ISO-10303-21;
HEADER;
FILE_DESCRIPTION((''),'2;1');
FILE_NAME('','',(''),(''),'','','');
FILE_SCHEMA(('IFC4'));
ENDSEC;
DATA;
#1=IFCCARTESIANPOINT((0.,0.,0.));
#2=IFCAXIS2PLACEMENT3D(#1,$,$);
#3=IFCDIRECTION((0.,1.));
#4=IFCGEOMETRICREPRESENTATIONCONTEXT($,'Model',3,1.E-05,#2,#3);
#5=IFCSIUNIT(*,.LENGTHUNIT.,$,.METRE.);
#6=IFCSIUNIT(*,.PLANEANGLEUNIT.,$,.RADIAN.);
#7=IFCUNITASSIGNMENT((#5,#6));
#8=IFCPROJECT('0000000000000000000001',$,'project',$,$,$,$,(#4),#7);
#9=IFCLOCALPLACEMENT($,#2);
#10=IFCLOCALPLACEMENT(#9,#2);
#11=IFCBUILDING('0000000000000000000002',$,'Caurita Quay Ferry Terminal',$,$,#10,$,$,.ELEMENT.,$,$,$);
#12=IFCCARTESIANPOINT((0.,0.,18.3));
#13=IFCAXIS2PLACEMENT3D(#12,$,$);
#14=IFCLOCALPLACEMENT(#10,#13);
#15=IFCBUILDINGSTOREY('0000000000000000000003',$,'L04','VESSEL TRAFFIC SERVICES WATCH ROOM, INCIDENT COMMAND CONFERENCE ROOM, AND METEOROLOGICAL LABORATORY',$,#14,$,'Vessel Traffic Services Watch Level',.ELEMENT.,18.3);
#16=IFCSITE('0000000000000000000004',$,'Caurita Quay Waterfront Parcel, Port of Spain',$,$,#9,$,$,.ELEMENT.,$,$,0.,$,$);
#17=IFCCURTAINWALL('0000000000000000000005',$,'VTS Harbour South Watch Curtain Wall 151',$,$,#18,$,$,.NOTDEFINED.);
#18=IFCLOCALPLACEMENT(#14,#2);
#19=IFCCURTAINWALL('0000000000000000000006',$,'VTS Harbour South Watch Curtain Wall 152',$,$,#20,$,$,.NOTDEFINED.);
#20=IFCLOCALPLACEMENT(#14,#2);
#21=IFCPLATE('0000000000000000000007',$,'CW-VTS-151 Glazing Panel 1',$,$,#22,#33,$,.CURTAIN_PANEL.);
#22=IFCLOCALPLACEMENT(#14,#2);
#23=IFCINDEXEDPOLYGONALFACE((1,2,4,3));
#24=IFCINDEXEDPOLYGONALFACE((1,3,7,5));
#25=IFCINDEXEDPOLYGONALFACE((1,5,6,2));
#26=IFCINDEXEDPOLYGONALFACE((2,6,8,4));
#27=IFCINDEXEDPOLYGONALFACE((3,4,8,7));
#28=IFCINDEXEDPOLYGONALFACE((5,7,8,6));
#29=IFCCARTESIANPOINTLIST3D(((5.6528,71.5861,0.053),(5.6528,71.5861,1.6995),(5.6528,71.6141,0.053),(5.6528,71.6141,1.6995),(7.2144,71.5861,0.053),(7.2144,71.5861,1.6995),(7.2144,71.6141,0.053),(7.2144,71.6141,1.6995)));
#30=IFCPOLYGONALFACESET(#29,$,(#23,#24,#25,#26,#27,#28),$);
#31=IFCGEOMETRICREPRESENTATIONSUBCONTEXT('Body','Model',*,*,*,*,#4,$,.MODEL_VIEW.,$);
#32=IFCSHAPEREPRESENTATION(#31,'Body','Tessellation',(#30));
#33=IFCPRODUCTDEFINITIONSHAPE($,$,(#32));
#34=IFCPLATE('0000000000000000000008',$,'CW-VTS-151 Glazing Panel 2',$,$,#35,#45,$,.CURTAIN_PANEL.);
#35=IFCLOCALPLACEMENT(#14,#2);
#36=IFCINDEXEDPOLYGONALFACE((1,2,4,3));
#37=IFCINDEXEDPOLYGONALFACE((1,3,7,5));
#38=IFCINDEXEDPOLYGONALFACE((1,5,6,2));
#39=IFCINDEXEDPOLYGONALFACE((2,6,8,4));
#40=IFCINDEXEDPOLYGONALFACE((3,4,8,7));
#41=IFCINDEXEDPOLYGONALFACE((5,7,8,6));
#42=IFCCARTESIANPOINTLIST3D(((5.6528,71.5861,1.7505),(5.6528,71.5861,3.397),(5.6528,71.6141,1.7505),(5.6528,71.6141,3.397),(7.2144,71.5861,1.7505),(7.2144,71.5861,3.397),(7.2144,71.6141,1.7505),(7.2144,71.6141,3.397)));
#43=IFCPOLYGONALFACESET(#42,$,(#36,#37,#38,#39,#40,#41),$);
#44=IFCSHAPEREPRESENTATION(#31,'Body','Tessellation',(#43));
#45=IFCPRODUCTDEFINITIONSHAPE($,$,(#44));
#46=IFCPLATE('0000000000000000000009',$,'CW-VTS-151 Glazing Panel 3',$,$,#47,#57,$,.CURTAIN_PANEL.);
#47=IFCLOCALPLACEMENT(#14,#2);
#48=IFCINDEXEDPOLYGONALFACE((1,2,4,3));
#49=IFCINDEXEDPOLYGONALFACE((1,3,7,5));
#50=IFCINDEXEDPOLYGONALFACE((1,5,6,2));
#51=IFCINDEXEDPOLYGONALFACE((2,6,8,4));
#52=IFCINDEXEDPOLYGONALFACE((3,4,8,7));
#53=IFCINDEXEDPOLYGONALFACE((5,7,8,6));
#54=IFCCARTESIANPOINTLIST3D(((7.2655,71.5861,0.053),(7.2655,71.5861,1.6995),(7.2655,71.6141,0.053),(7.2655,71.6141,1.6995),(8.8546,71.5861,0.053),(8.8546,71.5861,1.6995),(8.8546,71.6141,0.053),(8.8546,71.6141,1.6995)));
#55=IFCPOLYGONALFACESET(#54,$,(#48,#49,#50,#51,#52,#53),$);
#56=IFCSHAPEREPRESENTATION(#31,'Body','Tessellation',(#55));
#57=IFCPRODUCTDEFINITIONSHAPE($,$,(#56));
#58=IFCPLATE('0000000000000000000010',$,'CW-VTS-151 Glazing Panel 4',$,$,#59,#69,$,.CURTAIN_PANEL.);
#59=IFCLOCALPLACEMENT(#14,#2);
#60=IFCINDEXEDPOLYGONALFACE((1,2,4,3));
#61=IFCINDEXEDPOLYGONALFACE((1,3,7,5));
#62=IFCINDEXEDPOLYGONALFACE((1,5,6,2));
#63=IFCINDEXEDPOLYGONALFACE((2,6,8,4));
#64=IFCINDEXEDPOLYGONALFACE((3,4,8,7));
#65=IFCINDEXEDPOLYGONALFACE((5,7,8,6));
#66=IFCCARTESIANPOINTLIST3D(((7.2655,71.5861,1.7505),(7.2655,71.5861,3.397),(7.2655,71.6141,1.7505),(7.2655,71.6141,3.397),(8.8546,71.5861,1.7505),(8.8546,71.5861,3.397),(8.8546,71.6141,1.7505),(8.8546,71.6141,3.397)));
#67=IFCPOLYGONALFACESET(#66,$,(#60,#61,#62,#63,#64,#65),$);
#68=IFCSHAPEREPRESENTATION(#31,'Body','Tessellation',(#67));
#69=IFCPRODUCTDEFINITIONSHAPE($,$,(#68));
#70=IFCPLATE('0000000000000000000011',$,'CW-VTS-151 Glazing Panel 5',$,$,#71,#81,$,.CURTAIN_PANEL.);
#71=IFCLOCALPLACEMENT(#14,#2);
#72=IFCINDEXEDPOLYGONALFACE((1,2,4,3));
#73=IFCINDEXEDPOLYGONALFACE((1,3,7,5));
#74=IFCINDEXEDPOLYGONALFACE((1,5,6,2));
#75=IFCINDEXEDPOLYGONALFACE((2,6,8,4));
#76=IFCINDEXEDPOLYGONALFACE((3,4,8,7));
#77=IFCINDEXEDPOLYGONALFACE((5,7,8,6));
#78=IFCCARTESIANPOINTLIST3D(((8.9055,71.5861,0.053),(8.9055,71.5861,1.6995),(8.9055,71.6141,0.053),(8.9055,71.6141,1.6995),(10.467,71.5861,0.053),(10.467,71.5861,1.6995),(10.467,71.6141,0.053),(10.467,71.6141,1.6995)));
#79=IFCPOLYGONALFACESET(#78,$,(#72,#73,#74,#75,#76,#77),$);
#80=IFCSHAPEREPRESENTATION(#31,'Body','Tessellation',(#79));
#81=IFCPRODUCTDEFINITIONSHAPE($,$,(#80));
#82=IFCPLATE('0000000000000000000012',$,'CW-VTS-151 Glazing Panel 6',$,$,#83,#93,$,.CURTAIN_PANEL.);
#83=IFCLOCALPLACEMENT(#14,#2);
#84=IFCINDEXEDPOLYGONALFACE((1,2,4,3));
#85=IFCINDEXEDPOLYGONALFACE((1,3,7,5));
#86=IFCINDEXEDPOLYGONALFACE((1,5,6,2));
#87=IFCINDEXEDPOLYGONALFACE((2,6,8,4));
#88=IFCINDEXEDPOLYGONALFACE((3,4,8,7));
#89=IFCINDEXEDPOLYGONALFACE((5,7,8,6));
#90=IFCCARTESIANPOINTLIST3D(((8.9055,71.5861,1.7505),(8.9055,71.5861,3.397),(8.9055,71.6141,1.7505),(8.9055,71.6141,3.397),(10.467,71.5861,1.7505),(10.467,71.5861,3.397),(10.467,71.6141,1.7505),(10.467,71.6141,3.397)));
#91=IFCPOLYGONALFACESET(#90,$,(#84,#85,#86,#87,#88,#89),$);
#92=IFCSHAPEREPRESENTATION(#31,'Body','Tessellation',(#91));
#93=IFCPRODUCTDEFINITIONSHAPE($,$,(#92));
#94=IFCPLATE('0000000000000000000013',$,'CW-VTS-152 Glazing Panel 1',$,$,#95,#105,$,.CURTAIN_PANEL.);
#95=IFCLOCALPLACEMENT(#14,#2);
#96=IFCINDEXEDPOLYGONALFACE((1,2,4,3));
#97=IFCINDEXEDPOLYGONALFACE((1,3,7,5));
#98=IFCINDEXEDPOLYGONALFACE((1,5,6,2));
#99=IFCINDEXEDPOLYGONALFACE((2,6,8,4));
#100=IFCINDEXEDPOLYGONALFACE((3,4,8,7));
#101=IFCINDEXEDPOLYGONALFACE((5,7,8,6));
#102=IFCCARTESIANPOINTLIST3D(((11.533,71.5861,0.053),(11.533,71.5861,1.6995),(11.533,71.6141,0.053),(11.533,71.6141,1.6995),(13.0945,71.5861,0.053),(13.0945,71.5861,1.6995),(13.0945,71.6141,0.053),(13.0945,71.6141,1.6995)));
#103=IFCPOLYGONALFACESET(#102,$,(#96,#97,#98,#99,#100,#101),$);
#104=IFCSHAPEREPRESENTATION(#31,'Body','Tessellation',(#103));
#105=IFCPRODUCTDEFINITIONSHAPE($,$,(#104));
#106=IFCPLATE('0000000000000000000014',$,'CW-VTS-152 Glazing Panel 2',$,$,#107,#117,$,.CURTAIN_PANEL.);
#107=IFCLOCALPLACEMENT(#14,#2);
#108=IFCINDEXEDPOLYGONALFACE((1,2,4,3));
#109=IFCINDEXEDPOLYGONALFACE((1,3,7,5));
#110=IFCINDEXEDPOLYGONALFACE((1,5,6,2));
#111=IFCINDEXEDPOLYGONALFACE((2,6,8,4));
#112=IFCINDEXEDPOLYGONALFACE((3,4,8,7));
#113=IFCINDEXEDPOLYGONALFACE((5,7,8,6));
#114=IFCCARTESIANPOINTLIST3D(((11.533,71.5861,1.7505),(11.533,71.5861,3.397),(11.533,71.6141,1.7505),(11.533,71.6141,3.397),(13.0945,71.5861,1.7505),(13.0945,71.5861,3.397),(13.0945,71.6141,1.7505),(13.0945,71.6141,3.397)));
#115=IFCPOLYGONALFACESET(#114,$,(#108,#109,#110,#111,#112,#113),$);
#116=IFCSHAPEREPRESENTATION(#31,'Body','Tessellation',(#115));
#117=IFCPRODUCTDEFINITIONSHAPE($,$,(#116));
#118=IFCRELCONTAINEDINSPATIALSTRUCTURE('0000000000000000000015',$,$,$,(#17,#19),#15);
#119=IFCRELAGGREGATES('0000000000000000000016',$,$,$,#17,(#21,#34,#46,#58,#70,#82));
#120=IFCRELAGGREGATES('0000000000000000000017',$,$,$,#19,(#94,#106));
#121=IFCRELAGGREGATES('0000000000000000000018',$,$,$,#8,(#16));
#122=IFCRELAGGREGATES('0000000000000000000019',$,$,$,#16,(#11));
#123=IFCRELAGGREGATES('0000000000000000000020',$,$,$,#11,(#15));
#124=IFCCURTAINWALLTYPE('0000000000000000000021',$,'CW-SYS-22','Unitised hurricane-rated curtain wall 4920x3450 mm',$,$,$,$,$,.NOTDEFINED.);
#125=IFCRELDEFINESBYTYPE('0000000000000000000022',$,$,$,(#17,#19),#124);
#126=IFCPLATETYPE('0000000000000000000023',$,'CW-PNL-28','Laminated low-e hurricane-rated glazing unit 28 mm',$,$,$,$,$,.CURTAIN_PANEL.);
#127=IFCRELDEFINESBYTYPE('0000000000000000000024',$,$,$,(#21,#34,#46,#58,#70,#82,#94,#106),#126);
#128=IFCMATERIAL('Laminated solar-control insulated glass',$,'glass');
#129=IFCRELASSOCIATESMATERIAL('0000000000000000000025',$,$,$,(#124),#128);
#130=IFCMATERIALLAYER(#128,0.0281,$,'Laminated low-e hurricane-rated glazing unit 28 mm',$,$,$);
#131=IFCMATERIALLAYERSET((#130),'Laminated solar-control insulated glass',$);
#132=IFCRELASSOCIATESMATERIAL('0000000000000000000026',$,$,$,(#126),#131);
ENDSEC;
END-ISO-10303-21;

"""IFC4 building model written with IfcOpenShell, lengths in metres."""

from ifc_helpers import new_model, si_unit, direction, frame, origin, origin_2d, place, context, subcontext, project, spatial, rectangle, extrude, material, layer, layer_set, type_object, element, aggregate, save


model = new_model("IFC4")

# Units and contexts
model_context = context("Model", 3, precision=1e-05, world=origin(), true_north=direction((0.0, 1.0)))
body_context = subcontext(model_context, "Body", "Model", "MODEL_VIEW")
ifc_project = project(units=[si_unit("LENGTHUNIT", "METRE"), si_unit("PLANEANGLEUNIT", "RADIAN")], contexts=[model_context])

# Site, building, storey
site_placement = place(None, origin())
site = spatial("IfcSite", under=ifc_project, at=site_placement, Name="Caurita Quay Waterfront Parcel, Port of Spain", CompositionType="ELEMENT", RefElevation=0.0)
building_placement = place(site_placement, origin())
building = spatial("IfcBuilding", under=site, at=building_placement, Name="Caurita Quay Ferry Terminal", CompositionType="ELEMENT")
storey_placement = place(building_placement, frame((0.0, 0.0, 18.3)))
storey = spatial("IfcBuildingStorey", under=building, at=storey_placement, Name="L04", Description="VESSEL TRAFFIC SERVICES WATCH ROOM, INCIDENT COMMAND CONFERENCE ROOM, AND METEOROLOGICAL LABORATORY", LongName="Vessel Traffic Services Watch Level", CompositionType="ELEMENT", Elevation=18.3)

# Curtain walls
ifc_material_1 = material(Name="Laminated solar-control insulated glass", Category="glass")
curtain_wall_type = type_object("IfcCurtainWallType", Name="CW-SYS-22", Description="Unitised hurricane-rated curtain wall 4920x3450 mm", PredefinedType="NOTDEFINED", material=ifc_material_1)
curtain_wall_1_placement = place(storey_placement, origin())
curtain_wall_1 = element("IfcCurtainWall", 1, at=curtain_wall_1_placement, inside=storey, type_object=curtain_wall_type, Name="VTS Harbour South Watch Curtain Wall 151", PredefinedType="NOTDEFINED")
curtain_wall_2_placement = place(storey_placement, origin())
curtain_wall_2 = element("IfcCurtainWall", 2, at=curtain_wall_2_placement, inside=storey, type_object=curtain_wall_type, Name="VTS Harbour South Watch Curtain Wall 152", PredefinedType="NOTDEFINED")

# Shared definitions
ifc_layer = layer(ifc_material_1, 0.0281, Name="Laminated low-e hurricane-rated glazing unit 28 mm")
ifc_layer_set = layer_set([ifc_layer], Name="Laminated solar-control insulated glass")
plate_type = type_object("IfcPlateType", Name="CW-PNL-28", Description="Laminated low-e hurricane-rated glazing unit 28 mm", PredefinedType="CURTAIN_PANEL", material=ifc_layer_set)

# Plates
plate_1_placement = place(storey_placement, frame((6.4336, 71.6001, 0.053), z_axis=(0.0, 0.0, 1.0), x_axis=(1.0, 0.0, 0.0)))
plate_1 = element("IfcPlate", 3, at=plate_1_placement, type_object=plate_type, Name="CW-VTS-151 Glazing Panel 1", PredefinedType="CURTAIN_PANEL", context=body_context, shape_type="SweptSolid", body=[
    extrude(rectangle(XDim=1.5615, YDim=0.0281, at=origin_2d()), origin(), (0.0, 0.0, 1.0), 1.6465),
])
plate_2_placement = place(storey_placement, frame((6.4336, 71.6001, 1.7505), z_axis=(0.0, 0.0, 1.0), x_axis=(1.0, 0.0, 0.0)))
plate_2 = element("IfcPlate", 4, at=plate_2_placement, type_object=plate_type, Name="CW-VTS-151 Glazing Panel 2", PredefinedType="CURTAIN_PANEL", context=body_context, shape_type="SweptSolid", body=[
    extrude(rectangle(XDim=1.5615, YDim=0.0281, at=origin_2d()), origin(), (0.0, 0.0, 1.0), 1.6465),
])
plate_3_placement = place(storey_placement, frame((8.0601, 71.6001, 0.053), z_axis=(0.0, 0.0, 1.0), x_axis=(1.0, 0.0, 0.0)))
plate_3 = element("IfcPlate", 5, at=plate_3_placement, type_object=plate_type, Name="CW-VTS-151 Glazing Panel 3", PredefinedType="CURTAIN_PANEL", context=body_context, shape_type="SweptSolid", body=[
    extrude(rectangle(XDim=1.5891, YDim=0.0281, at=origin_2d()), origin(), (0.0, 0.0, 1.0), 1.6465),
])
plate_4_placement = place(storey_placement, frame((8.0601, 71.6001, 1.7505), z_axis=(0.0, 0.0, 1.0), x_axis=(1.0, 0.0, 0.0)))
plate_4 = element("IfcPlate", 6, at=plate_4_placement, type_object=plate_type, Name="CW-VTS-151 Glazing Panel 4", PredefinedType="CURTAIN_PANEL", context=body_context, shape_type="SweptSolid", body=[
    extrude(rectangle(XDim=1.5891, YDim=0.0281, at=origin_2d()), origin(), (0.0, 0.0, 1.0), 1.6465),
])
plate_5_placement = place(storey_placement, frame((9.6863, 71.6001, 0.053), z_axis=(0.0, 0.0, 1.0), x_axis=(1.0, 0.0, 0.0)))
plate_5 = element("IfcPlate", 7, at=plate_5_placement, type_object=plate_type, Name="CW-VTS-151 Glazing Panel 5", PredefinedType="CURTAIN_PANEL", context=body_context, shape_type="SweptSolid", body=[
    extrude(rectangle(XDim=1.5615, YDim=0.0281, at=origin_2d()), origin(), (0.0, 0.0, 1.0), 1.6465),
])
plate_6_placement = place(storey_placement, frame((9.6863, 71.6001, 1.7505), z_axis=(0.0, 0.0, 1.0), x_axis=(1.0, 0.0, 0.0)))
plate_6 = element("IfcPlate", 8, at=plate_6_placement, type_object=plate_type, Name="CW-VTS-151 Glazing Panel 6", PredefinedType="CURTAIN_PANEL", context=body_context, shape_type="SweptSolid", body=[
    extrude(rectangle(XDim=1.5615, YDim=0.0281, at=origin_2d()), origin(), (0.0, 0.0, 1.0), 1.6465),
])
aggregate(curtain_wall_1, [plate_1, plate_2, plate_3, plate_4, plate_5, plate_6])
plate_7_placement = place(storey_placement, frame((12.3137, 71.6001, 0.053), z_axis=(0.0, 0.0, 1.0), x_axis=(1.0, 0.0, 0.0)))
plate_7 = element("IfcPlate", 9, at=plate_7_placement, type_object=plate_type, Name="CW-VTS-152 Glazing Panel 1", PredefinedType="CURTAIN_PANEL", context=body_context, shape_type="SweptSolid", body=[
    extrude(rectangle(XDim=1.5615, YDim=0.0281, at=origin_2d()), origin(), (0.0, 0.0, 1.0), 1.6465),
])
plate_8_placement = place(storey_placement, frame((12.3137, 71.6001, 1.7505), z_axis=(0.0, 0.0, 1.0), x_axis=(1.0, 0.0, 0.0)))
plate_8 = element("IfcPlate", 10, at=plate_8_placement, type_object=plate_type, Name="CW-VTS-152 Glazing Panel 2", PredefinedType="CURTAIN_PANEL", context=body_context, shape_type="SweptSolid", body=[
    extrude(rectangle(XDim=1.5615, YDim=0.0281, at=origin_2d()), origin(), (0.0, 0.0, 1.0), 1.6465),
])
aggregate(curtain_wall_2, [plate_7, plate_8])

save(model, "model.ifc")
